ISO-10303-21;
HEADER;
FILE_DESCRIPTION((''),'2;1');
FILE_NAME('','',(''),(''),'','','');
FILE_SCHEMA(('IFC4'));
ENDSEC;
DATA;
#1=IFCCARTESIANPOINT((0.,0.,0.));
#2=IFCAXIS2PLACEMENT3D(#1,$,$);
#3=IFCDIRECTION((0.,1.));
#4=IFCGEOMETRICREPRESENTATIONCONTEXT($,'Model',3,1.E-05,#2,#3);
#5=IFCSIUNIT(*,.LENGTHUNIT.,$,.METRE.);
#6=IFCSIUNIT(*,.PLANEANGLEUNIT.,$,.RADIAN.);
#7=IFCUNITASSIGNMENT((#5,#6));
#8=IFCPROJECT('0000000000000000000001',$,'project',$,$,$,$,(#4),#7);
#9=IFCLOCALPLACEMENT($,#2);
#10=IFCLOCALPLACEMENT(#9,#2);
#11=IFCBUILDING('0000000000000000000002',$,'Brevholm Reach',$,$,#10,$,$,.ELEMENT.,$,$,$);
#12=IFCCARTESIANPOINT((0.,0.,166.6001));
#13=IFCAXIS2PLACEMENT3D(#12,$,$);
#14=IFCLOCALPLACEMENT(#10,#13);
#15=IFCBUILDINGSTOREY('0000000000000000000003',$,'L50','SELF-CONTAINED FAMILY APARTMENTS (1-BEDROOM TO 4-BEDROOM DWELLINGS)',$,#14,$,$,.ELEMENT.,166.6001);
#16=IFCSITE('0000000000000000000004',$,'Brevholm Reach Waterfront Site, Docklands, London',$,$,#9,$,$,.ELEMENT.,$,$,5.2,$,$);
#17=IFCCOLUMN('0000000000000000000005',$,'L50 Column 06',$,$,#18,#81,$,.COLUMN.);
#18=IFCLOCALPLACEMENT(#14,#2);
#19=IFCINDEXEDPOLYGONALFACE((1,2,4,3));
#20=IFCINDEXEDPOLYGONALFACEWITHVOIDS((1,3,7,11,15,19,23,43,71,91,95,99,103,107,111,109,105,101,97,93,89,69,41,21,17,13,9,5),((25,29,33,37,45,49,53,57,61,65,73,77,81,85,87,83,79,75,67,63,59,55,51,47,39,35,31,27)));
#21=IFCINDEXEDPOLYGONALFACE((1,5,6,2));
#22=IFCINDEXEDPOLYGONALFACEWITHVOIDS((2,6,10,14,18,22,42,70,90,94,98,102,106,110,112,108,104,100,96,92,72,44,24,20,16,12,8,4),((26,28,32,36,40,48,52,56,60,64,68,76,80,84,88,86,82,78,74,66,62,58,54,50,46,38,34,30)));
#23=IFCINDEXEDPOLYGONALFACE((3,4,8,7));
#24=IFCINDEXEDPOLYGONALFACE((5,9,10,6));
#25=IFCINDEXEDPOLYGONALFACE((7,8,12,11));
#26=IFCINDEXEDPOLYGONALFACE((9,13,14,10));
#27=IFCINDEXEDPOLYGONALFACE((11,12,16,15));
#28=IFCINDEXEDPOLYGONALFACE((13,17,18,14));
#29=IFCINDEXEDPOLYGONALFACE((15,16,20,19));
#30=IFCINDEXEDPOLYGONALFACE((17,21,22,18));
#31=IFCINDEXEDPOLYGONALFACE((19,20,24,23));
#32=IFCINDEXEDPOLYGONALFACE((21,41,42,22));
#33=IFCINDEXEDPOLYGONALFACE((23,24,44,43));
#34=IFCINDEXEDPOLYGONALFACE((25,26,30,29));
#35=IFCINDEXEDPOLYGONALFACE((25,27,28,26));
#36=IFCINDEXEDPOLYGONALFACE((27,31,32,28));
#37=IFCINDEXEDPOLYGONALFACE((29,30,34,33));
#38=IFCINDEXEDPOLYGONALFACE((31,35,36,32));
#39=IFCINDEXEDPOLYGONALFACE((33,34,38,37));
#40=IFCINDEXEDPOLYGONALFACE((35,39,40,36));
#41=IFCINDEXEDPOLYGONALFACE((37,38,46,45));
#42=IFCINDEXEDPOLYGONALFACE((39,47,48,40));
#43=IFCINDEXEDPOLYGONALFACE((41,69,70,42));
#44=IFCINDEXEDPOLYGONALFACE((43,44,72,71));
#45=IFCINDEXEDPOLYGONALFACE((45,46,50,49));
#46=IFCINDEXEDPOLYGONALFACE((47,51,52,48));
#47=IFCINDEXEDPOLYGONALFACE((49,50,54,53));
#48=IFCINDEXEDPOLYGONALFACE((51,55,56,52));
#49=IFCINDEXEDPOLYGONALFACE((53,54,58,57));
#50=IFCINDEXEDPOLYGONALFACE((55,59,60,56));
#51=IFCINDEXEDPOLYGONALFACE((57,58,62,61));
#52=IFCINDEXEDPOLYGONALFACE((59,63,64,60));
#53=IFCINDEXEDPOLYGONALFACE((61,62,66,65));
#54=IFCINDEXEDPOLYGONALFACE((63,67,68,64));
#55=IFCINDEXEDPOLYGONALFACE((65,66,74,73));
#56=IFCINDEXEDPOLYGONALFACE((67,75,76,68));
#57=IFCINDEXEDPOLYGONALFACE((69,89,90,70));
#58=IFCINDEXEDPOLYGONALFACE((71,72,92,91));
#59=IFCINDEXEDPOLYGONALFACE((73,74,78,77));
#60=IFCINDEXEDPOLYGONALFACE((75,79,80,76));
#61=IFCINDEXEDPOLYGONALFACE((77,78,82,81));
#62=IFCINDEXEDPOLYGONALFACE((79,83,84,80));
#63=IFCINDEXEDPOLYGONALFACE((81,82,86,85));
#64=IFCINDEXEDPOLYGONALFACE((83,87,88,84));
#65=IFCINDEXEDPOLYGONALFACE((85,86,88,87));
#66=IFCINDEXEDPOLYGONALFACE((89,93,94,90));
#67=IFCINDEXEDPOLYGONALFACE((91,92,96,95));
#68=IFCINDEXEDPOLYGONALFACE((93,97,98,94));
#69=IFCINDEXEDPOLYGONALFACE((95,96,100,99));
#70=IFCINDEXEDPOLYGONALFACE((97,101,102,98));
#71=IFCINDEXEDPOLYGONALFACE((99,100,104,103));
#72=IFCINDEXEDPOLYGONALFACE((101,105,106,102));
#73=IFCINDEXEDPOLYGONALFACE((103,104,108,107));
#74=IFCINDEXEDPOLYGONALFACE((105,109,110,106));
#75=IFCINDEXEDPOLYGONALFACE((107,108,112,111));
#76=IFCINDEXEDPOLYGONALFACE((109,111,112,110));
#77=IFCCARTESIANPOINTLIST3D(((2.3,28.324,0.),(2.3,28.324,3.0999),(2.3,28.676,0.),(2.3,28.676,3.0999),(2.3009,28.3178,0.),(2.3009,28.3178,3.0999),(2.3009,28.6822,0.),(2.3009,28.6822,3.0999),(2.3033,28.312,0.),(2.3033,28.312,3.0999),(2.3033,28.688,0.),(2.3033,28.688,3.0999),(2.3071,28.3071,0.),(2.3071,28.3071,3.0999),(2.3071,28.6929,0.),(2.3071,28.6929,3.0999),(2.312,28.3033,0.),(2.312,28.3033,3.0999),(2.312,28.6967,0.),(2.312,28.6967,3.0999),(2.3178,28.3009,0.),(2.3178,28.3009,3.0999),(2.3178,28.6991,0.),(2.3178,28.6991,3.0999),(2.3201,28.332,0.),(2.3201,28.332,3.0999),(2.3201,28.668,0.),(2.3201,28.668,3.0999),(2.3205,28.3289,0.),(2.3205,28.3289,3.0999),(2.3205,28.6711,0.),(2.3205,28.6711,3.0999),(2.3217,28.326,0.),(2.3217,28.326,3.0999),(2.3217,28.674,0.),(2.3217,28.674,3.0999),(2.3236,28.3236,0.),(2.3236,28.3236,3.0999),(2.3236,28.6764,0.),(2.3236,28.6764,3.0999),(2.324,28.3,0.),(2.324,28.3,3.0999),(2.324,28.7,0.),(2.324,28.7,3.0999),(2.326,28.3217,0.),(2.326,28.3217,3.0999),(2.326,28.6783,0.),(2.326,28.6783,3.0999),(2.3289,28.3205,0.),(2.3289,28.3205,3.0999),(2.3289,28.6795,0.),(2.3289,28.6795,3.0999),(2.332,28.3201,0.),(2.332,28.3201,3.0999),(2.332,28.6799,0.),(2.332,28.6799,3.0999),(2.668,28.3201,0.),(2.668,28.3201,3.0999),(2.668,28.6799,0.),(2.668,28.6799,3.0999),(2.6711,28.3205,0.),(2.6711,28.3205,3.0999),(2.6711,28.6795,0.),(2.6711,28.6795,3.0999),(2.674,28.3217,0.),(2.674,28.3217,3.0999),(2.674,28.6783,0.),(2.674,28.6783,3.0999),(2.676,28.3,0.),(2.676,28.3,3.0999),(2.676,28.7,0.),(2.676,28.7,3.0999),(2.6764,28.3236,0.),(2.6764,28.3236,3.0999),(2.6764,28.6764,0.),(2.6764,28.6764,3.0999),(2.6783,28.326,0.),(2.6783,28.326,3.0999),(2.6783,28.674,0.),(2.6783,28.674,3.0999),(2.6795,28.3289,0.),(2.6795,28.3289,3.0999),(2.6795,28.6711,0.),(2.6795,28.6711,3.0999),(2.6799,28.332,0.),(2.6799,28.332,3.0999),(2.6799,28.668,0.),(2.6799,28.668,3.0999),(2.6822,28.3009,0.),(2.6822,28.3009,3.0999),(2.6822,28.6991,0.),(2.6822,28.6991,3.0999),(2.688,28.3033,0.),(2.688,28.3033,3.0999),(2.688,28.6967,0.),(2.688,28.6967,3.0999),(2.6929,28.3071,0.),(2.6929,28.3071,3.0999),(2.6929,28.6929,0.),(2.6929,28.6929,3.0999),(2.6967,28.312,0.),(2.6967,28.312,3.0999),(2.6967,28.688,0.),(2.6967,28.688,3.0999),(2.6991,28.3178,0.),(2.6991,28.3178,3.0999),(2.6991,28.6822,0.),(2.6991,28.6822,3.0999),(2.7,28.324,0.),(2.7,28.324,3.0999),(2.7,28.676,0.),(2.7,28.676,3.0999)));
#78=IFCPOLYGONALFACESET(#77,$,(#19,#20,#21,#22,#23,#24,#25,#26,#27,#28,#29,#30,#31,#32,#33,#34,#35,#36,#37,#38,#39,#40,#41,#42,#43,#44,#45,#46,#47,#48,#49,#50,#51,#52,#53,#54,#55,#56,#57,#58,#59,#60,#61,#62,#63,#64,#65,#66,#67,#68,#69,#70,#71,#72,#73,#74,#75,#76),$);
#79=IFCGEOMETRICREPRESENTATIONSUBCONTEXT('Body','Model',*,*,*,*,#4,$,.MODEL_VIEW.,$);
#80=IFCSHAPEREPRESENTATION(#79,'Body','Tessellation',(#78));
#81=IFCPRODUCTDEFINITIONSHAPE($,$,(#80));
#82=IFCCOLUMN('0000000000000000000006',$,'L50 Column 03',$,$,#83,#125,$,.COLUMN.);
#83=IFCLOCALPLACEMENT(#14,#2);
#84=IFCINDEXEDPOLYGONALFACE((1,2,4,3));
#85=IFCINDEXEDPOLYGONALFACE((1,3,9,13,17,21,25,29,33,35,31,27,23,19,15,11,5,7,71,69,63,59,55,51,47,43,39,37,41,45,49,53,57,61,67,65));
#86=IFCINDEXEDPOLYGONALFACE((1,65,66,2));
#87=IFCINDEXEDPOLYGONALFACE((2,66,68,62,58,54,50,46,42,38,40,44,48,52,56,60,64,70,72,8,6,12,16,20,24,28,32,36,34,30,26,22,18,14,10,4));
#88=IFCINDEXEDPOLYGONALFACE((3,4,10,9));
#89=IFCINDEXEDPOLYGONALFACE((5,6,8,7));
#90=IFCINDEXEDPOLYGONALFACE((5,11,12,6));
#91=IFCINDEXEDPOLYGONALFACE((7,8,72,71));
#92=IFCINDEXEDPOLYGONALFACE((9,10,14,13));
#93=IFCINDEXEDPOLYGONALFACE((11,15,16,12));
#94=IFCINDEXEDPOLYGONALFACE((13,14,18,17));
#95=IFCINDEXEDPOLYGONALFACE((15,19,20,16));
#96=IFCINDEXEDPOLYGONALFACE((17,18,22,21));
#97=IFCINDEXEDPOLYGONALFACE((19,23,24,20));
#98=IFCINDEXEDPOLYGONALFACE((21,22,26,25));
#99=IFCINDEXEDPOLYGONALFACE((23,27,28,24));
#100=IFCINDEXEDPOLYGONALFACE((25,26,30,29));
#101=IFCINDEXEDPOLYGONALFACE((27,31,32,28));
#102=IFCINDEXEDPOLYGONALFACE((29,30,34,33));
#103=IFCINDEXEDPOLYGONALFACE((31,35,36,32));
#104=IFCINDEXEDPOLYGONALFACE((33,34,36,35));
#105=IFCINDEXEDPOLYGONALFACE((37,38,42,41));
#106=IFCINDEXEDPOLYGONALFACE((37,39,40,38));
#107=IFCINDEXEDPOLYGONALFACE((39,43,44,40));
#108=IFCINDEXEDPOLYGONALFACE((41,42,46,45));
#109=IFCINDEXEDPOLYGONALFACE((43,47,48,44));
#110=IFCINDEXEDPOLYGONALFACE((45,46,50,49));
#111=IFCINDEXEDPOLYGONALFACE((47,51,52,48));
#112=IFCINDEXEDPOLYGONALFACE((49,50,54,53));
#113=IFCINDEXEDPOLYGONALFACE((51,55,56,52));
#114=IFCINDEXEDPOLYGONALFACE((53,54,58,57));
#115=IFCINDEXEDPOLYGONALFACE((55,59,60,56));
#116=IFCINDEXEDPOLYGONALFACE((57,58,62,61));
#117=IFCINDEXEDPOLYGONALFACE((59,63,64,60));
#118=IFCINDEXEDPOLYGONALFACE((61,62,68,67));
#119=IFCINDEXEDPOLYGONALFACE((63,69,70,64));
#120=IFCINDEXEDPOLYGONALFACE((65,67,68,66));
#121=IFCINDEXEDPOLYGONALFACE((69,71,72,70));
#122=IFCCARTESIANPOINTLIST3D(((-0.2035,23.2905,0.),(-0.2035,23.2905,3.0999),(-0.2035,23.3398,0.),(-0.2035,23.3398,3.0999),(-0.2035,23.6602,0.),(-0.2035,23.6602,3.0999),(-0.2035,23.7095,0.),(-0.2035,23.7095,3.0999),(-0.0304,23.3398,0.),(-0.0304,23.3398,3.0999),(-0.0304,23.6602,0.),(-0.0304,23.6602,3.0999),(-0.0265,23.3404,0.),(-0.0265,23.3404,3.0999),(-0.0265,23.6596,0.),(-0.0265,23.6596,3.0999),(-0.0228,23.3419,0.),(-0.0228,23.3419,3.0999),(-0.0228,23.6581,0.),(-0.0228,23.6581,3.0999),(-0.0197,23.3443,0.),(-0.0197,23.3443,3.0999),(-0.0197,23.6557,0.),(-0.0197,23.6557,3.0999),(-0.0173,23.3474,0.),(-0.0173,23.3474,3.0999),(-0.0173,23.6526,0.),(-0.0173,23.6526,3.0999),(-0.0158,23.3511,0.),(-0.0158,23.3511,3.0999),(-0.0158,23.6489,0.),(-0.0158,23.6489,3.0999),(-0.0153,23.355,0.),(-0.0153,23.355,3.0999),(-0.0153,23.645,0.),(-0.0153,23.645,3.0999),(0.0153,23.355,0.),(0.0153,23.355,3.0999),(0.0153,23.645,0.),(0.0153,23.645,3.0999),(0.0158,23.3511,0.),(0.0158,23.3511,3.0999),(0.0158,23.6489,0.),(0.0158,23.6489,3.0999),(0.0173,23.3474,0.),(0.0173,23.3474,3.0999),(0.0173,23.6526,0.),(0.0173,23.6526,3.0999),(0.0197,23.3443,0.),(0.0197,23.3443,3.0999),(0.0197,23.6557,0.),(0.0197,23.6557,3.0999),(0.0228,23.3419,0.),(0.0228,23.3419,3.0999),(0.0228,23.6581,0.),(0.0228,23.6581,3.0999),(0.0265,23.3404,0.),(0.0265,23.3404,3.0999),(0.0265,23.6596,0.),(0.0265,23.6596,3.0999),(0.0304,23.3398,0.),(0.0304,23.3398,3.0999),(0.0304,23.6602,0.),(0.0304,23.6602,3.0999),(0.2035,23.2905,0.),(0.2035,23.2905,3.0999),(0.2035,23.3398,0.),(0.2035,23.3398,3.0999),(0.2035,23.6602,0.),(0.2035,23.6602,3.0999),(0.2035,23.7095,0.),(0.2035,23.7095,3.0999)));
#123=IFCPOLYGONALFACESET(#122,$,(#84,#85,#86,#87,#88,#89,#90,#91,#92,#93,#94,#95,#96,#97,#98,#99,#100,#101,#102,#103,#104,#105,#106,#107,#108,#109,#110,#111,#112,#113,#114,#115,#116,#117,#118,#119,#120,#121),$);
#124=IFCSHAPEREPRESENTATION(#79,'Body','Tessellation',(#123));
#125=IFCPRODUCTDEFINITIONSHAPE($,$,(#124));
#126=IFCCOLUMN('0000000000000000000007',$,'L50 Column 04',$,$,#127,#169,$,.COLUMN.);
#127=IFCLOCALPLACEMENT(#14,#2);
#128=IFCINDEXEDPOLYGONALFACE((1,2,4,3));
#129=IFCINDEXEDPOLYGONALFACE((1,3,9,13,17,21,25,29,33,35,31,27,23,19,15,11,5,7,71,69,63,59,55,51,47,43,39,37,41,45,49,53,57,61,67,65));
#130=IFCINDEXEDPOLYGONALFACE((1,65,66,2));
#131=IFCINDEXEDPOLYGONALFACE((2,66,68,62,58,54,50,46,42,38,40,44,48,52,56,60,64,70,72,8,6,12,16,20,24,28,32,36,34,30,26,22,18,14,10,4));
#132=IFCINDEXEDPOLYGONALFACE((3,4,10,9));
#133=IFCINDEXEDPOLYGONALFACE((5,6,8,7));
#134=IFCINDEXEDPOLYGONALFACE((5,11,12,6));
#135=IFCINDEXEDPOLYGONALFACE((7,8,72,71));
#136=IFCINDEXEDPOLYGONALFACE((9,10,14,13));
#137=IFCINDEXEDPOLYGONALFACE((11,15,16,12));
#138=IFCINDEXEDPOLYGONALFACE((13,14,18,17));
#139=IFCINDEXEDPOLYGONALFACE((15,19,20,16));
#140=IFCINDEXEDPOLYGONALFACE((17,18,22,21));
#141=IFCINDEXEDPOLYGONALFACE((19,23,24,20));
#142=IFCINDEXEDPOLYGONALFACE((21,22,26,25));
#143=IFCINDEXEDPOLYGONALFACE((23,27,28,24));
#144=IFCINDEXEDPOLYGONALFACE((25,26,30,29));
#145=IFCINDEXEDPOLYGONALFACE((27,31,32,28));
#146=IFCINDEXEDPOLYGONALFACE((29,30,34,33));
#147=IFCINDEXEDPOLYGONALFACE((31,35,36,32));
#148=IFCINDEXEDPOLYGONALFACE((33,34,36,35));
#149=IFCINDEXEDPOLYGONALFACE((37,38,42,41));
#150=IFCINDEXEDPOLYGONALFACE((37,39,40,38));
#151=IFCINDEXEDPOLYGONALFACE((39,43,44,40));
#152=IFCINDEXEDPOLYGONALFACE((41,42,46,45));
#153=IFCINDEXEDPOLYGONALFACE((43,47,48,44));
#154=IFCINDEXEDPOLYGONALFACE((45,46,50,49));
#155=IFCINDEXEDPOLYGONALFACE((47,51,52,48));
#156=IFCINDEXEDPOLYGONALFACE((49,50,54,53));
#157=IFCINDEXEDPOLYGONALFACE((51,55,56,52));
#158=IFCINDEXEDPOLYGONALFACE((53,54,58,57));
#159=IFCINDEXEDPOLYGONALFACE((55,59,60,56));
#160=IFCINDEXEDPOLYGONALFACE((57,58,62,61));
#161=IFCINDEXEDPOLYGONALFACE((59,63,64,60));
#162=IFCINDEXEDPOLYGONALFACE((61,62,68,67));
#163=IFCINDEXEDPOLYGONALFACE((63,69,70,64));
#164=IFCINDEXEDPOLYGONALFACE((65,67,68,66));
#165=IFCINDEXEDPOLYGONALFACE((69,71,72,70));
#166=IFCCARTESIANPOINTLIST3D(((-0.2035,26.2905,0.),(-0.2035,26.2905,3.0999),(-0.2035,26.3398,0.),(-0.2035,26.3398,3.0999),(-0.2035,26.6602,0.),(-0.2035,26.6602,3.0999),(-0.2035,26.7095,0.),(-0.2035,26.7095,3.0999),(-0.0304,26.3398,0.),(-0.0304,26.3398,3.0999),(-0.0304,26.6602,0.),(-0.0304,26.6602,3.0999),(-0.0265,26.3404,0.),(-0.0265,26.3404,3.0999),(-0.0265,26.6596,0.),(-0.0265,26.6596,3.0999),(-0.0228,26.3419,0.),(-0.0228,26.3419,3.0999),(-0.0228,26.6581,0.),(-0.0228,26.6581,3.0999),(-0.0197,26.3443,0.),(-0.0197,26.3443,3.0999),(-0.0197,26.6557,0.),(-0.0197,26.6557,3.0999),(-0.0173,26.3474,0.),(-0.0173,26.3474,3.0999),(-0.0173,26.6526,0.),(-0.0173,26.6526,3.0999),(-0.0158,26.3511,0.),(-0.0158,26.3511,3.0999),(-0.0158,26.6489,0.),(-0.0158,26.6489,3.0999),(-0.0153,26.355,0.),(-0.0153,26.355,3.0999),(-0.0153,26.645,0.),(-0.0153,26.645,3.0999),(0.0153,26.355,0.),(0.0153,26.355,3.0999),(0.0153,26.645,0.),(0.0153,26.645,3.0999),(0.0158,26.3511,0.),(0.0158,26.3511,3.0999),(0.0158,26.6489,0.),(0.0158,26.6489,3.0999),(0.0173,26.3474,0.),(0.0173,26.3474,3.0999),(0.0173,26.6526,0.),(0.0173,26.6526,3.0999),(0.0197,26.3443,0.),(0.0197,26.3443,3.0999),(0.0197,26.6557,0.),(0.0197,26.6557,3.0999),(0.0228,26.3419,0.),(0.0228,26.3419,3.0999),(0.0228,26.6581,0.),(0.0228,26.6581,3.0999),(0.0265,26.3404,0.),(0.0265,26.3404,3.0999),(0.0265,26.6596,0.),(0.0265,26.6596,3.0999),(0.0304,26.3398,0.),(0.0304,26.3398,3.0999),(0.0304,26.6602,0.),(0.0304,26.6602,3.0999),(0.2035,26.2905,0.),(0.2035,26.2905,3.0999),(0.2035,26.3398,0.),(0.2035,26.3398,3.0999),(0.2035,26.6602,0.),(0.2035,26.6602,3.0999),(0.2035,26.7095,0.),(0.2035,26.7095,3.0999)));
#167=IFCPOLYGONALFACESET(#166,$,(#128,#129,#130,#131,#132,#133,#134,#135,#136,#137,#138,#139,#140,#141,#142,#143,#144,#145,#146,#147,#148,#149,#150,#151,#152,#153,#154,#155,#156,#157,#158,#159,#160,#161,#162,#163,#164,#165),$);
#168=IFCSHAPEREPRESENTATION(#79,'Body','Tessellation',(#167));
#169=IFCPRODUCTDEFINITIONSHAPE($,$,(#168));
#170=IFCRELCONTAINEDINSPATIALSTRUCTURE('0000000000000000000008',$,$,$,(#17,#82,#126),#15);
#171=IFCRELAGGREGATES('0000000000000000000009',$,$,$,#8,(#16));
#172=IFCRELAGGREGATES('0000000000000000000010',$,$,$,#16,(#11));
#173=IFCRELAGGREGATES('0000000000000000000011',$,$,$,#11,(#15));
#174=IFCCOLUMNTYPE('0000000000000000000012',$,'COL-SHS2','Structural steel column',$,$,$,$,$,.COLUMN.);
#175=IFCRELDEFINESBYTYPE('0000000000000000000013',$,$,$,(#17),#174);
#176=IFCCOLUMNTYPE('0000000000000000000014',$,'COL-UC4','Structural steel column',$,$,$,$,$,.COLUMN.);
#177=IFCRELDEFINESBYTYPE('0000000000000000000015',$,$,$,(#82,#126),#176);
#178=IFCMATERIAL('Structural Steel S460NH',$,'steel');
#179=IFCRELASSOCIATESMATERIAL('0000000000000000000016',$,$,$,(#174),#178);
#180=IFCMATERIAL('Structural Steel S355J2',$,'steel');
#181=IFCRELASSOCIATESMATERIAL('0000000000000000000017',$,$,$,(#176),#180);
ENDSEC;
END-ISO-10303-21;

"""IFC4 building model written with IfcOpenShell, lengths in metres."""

from ifc_helpers import new_model, si_unit, direction, frame, origin, origin_2d, place, context, subcontext, project, spatial, hollow_rectangle, i_section, extrude, material, material_profile, profile_set, type_object, element, save


model = new_model("IFC4")

# Units and contexts
model_context = context("Model", 3, precision=1e-05, world=origin(), true_north=direction((0.0, 1.0)))
body_context = subcontext(model_context, "Body", "Model", "MODEL_VIEW")
ifc_project = project(units=[si_unit("LENGTHUNIT", "METRE"), si_unit("PLANEANGLEUNIT", "RADIAN")], contexts=[model_context])

# Site, building, storey
site_placement = place(None, origin())
site = spatial("IfcSite", under=ifc_project, at=site_placement, Name="Brevholm Reach Waterfront Site, Docklands, London", CompositionType="ELEMENT", RefElevation=5.2)
building_placement = place(site_placement, origin())
building = spatial("IfcBuilding", under=site, at=building_placement, Name="Brevholm Reach", CompositionType="ELEMENT")
storey_placement = place(building_placement, frame((0.0, 0.0, 166.6001)))
storey = spatial("IfcBuildingStorey", under=building, at=storey_placement, Name="L50", Description="SELF-CONTAINED FAMILY APARTMENTS (1-BEDROOM TO 4-BEDROOM DWELLINGS)", CompositionType="ELEMENT", Elevation=166.6001)

# Columns
ifc_material_1 = material(Name="Structural Steel S460NH", Category="steel")
ifc_material_profile_1 = material_profile(ifc_material_1, hollow_rectangle(XDim=0.3999, YDim=0.3999, WallThickness=0.02, InnerFilletRadius=0.012, OuterFilletRadius=0.0239, at=origin_2d()), Name="SHS 400x400x20")
ifc_profile_set_1 = profile_set([ifc_material_profile_1], Name="Structural Steel S460NH")
column_type_1 = type_object("IfcColumnType", Name="COL-SHS2", Description="Structural steel column", PredefinedType="COLUMN", material=ifc_profile_set_1)
column_placement = place(storey_placement, frame((2.5, 28.5, 0.0), z_axis=(0.0, 0.0, 1.0), x_axis=(1.0, 0.0, 0.0)))
element("IfcColumn", 1, at=column_placement, inside=storey, type_object=column_type_1, Name="L50 Column 06", PredefinedType="COLUMN", context=body_context, shape_type="SweptSolid", body=[
    extrude(hollow_rectangle(XDim=0.3999, YDim=0.3999, WallThickness=0.02, InnerFilletRadius=0.012, OuterFilletRadius=0.0239, at=origin_2d()), origin(), (0.0, 0.0, 1.0), 3.0999),
])
ifc_material_2 = material(Name="Structural Steel S355J2", Category="steel")
ifc_material_profile_2 = material_profile(ifc_material_2, i_section(OverallWidth=0.407, OverallDepth=0.4189, WebThickness=0.0305, FlangeThickness=0.0493, FilletRadius=0.0151, at=origin_2d()), Name="UKC 356x406x393")
ifc_profile_set_2 = profile_set([ifc_material_profile_2], Name="Structural Steel S355J2")
column_type_2 = type_object("IfcColumnType", Name="COL-UC4", Description="Structural steel column", PredefinedType="COLUMN", material=ifc_profile_set_2)
for number, where, z_axis, x_axis, name in (
    (2, (0.0, 23.5, 0.0), (0.0, 0.0, 1.0), (1.0, 0.0, 0.0), "L50 Column 03"),
    (3, (0.0, 26.5, 0.0), (0.0, 0.0, 1.0), (1.0, 0.0, 0.0), "L50 Column 04"),
):
    element("IfcColumn", number, at=place(storey_placement, frame(where, z_axis=z_axis, x_axis=x_axis)), inside=storey, type_object=column_type_2, Name=name, PredefinedType="COLUMN", context=body_context, shape_type="SweptSolid", body=[
        extrude(i_section(OverallWidth=0.407, OverallDepth=0.4189, WebThickness=0.0305, FlangeThickness=0.0493, FilletRadius=0.0151, at=origin_2d()), origin(), (0.0, 0.0, 1.0), 3.0999),
    ])

save(model, "model.ifc")
